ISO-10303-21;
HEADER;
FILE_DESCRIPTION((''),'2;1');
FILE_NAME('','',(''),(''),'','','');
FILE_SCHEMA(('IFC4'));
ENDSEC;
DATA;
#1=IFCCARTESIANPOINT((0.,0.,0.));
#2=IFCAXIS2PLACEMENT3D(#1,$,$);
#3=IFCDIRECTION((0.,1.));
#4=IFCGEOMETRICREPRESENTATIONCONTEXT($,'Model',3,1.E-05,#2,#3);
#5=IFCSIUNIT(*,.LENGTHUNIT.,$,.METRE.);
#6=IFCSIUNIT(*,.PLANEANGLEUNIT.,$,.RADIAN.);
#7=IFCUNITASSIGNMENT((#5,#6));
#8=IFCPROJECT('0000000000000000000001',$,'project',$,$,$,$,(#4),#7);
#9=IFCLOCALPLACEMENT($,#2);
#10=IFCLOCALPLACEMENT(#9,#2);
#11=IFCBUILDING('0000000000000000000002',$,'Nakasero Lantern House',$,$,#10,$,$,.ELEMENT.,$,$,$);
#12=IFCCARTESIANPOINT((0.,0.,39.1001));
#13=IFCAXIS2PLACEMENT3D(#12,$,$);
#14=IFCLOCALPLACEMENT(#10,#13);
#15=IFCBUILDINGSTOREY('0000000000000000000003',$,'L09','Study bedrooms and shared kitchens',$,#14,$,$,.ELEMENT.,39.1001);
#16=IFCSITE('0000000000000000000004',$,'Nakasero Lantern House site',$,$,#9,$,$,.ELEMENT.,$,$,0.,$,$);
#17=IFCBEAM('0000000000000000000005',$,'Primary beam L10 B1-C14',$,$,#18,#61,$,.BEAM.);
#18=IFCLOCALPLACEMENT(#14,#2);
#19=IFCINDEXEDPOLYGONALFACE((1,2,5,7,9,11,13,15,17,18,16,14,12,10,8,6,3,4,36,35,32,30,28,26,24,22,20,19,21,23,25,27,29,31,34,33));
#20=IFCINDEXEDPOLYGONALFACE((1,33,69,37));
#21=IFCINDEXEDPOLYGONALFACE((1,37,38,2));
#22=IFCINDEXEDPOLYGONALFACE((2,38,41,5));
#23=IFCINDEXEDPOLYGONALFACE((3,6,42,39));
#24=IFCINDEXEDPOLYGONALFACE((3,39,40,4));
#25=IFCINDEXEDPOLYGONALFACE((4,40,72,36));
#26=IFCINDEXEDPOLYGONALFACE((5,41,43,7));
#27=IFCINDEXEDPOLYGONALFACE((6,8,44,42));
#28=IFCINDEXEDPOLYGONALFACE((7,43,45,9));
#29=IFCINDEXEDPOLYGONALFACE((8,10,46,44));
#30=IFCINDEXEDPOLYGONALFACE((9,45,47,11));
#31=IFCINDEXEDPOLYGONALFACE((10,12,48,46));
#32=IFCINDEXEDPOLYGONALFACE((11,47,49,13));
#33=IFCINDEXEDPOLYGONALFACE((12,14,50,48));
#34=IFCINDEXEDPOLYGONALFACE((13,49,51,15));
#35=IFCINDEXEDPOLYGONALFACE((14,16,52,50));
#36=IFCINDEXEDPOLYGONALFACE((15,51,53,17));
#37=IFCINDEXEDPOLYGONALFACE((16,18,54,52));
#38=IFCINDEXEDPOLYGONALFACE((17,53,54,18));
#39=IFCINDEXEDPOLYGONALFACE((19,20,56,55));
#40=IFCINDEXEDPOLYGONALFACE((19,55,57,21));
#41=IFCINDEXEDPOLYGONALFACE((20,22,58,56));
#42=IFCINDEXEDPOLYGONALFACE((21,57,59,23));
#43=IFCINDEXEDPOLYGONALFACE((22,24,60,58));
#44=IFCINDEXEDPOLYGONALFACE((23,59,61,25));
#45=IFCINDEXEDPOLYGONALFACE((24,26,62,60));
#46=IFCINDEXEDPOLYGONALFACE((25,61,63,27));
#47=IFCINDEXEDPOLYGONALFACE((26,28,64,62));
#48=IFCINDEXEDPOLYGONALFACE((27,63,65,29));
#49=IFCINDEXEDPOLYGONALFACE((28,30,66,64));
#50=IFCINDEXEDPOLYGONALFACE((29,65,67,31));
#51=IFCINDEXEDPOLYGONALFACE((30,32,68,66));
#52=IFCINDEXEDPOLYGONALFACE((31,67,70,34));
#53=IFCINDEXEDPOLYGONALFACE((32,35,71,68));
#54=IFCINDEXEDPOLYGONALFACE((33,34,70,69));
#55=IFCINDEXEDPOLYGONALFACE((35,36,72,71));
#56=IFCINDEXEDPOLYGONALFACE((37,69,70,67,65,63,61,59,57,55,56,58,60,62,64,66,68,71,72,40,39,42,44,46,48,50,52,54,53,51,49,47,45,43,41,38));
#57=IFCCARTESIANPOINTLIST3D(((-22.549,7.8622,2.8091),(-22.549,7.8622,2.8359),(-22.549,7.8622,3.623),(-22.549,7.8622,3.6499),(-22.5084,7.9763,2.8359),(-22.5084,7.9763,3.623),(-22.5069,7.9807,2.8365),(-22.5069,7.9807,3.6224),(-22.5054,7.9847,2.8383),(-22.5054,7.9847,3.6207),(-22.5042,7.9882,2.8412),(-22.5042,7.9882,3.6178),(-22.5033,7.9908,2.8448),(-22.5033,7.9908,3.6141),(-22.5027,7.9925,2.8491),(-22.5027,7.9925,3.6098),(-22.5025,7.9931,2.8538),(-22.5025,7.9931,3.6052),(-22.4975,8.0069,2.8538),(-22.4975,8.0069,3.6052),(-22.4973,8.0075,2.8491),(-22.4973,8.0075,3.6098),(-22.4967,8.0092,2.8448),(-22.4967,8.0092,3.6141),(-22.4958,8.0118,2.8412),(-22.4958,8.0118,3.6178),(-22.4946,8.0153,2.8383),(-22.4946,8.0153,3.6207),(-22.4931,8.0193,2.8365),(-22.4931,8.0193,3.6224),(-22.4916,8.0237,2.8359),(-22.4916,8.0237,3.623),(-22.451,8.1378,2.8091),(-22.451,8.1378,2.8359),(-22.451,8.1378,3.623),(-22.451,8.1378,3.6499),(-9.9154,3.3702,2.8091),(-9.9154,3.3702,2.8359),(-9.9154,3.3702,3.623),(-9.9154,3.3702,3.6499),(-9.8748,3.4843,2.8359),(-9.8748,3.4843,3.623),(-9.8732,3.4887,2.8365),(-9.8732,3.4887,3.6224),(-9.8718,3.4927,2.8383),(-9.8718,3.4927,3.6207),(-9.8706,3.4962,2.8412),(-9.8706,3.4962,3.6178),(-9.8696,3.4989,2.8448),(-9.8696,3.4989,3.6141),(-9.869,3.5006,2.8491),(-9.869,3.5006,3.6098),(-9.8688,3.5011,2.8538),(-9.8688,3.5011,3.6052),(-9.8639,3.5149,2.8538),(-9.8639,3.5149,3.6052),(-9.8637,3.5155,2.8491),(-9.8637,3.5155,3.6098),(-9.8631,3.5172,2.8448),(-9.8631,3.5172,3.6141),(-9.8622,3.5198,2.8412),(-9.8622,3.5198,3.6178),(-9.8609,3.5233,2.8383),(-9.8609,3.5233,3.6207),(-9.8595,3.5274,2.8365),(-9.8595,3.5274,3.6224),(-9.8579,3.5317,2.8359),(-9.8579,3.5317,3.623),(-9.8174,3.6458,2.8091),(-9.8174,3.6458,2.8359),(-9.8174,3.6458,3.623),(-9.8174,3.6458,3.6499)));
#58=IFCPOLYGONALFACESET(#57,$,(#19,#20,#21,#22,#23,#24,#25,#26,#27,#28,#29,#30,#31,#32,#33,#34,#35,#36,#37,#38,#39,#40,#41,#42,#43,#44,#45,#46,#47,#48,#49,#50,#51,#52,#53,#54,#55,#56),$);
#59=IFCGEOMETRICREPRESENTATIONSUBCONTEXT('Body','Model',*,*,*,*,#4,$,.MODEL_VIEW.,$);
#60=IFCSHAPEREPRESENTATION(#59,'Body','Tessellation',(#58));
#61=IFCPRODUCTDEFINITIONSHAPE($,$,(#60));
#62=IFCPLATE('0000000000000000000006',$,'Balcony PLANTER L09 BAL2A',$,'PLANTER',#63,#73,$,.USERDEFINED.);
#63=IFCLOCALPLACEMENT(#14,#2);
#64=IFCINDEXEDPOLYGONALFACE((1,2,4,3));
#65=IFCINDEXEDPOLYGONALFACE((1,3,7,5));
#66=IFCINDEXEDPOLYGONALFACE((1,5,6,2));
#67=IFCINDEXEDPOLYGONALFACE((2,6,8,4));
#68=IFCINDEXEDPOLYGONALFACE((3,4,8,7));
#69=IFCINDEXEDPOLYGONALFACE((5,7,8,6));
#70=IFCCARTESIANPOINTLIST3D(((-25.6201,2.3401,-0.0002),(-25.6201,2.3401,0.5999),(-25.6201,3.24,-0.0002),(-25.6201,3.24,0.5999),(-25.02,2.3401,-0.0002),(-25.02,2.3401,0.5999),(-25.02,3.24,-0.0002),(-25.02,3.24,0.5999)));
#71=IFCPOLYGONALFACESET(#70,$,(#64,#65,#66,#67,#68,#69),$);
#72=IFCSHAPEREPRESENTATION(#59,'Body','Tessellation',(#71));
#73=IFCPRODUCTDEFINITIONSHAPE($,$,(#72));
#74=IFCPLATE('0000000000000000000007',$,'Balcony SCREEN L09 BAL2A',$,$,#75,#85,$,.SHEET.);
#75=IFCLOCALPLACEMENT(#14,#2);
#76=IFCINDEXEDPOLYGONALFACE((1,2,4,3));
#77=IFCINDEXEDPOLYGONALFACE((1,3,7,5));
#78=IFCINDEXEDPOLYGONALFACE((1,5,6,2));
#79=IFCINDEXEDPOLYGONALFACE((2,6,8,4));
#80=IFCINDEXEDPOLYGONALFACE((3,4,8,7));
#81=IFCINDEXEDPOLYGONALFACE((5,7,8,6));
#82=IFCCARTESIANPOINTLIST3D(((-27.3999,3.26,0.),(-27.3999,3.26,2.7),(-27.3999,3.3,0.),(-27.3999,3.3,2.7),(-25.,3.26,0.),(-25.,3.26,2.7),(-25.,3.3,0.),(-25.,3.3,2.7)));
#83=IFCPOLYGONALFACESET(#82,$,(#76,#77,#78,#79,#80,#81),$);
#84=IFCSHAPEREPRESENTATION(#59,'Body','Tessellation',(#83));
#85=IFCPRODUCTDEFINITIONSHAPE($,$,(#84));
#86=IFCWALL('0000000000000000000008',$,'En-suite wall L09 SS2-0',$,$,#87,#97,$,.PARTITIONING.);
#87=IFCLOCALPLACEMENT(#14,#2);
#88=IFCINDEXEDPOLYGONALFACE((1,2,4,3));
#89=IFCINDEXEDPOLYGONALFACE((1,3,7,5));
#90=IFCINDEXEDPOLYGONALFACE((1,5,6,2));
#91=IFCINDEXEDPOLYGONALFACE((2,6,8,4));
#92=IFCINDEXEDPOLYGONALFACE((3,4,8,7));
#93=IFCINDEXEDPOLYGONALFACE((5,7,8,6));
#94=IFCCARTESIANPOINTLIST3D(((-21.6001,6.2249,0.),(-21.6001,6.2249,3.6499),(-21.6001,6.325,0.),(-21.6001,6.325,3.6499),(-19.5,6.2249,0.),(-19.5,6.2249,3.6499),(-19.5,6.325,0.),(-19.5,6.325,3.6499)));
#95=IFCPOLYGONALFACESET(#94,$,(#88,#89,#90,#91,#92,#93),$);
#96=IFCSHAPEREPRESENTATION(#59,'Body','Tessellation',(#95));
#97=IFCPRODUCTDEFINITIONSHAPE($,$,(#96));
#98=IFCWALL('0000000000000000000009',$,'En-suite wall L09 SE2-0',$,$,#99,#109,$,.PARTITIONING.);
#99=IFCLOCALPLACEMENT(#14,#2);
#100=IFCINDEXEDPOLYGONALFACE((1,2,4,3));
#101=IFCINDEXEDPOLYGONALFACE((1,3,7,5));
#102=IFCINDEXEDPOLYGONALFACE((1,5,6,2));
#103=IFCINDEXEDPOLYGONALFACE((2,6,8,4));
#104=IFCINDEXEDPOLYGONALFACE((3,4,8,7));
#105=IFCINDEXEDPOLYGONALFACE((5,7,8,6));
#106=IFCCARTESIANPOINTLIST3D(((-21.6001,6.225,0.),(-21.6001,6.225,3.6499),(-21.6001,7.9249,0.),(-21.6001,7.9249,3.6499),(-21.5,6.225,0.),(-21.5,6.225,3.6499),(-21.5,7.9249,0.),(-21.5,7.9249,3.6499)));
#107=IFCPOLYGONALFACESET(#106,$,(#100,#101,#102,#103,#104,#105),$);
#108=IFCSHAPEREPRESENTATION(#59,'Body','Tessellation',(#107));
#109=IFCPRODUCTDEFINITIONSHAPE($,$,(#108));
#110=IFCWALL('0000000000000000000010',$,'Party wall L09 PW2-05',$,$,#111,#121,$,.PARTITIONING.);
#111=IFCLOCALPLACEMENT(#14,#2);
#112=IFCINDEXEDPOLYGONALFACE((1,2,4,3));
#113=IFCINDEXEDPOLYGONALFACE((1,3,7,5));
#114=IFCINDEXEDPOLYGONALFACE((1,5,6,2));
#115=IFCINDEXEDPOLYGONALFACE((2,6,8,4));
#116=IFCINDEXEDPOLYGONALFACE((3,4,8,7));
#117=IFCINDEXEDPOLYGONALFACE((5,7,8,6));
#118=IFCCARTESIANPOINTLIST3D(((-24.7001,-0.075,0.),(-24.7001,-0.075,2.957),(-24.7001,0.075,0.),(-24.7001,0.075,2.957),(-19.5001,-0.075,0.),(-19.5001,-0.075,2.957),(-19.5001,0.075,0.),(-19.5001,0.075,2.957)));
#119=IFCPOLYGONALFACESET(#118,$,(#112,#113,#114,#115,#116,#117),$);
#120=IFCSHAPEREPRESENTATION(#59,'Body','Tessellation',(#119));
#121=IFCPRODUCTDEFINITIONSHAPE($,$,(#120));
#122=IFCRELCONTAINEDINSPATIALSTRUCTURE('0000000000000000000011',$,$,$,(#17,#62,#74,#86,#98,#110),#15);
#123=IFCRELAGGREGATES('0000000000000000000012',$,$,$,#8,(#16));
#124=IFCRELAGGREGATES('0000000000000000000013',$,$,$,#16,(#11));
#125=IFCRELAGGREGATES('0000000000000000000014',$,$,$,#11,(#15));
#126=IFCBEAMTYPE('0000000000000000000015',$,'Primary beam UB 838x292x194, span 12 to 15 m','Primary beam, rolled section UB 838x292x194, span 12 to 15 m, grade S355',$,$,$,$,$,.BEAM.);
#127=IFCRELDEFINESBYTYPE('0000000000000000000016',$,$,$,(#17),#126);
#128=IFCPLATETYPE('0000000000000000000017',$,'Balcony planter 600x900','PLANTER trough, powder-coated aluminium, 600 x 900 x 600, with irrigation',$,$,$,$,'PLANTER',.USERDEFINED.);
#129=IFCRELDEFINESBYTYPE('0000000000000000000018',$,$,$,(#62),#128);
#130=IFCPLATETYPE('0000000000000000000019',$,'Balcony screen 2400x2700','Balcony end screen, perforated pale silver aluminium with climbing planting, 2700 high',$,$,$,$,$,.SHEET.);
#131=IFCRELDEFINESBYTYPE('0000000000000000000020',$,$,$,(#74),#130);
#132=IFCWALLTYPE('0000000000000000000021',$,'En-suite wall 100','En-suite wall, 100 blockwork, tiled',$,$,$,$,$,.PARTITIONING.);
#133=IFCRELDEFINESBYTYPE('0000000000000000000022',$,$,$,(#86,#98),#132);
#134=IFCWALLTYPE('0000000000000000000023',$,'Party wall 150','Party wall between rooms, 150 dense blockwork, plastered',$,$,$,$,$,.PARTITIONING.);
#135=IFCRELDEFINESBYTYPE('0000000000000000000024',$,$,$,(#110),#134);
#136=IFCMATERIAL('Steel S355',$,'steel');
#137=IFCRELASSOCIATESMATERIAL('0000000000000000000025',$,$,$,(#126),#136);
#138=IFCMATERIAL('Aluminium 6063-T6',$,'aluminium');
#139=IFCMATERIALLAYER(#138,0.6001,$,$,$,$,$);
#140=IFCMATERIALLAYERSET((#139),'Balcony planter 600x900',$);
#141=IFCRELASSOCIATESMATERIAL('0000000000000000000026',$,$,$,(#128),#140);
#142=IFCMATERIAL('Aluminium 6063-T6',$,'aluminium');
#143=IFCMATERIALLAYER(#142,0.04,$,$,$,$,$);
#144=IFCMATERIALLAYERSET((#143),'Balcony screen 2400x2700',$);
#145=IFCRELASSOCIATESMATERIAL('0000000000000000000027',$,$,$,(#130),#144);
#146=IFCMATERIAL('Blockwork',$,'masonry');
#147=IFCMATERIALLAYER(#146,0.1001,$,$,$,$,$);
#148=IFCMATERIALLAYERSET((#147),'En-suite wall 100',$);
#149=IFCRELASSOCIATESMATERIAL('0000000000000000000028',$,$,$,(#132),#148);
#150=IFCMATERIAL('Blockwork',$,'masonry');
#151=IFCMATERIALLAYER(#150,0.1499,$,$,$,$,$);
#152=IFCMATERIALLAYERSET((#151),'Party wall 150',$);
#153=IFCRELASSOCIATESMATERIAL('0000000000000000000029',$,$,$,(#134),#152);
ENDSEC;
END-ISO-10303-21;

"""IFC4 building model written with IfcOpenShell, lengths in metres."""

from ifc_helpers import new_model, si_unit, direction, frame, frame_2d, origin, origin_2d, place, context, subcontext, project, spatial, rectangle, i_section, extrude, material, layer, layer_set, material_profile, profile_set, type_object, element, save


model = new_model("IFC4")

# Units and contexts
model_context = context("Model", 3, precision=1e-05, world=origin(), true_north=direction((0.0, 1.0)))
body_context = subcontext(model_context, "Body", "Model", "MODEL_VIEW")
ifc_project = project(units=[si_unit("LENGTHUNIT", "METRE"), si_unit("PLANEANGLEUNIT", "RADIAN")], contexts=[model_context])

# Site, building, storey
site_placement = place(None, origin())
site = spatial("IfcSite", under=ifc_project, at=site_placement, Name="Nakasero Lantern House site", CompositionType="ELEMENT", RefElevation=0.0)
building_placement = place(site_placement, origin())
building = spatial("IfcBuilding", under=site, at=building_placement, Name="Nakasero Lantern House", CompositionType="ELEMENT")
storey_placement = place(building_placement, frame((0.0, 0.0, 39.1001)))
storey = spatial("IfcBuildingStorey", under=building, at=storey_placement, Name="L09", Description="Study bedrooms and shared kitchens", CompositionType="ELEMENT", Elevation=39.1001)

# Beam
ifc_material_1 = material(Name="Steel S355", Category="steel")
ifc_material_profile_1 = material_profile(ifc_material_1, i_section(OverallWidth=0.2925, OverallDepth=0.8408, WebThickness=0.0146, FlangeThickness=0.0269, FilletRadius=0.0178, at=origin_2d()), Name="UB 838x292x194")
ifc_profile_set_1 = profile_set([ifc_material_profile_1], Name="Steel S355")
beam_type_1 = type_object("IfcBeamType", Name="Primary beam UB 838x292x194, span 12 to 15 m", Description="Primary beam, rolled section UB 838x292x194, span 12 to 15 m, grade S355", PredefinedType="BEAM", material=ifc_profile_set_1)
beam_1_placement = place(storey_placement, frame((-22.5, 8.0, 3.2295), z_axis=(0.942214, -0.335011, 0.0), x_axis=(0.335011, 0.942214, 0.0)))
element("IfcBeam", 1, at=beam_1_placement, inside=storey, type_object=beam_type_1, Name="Primary beam L10 B1-C14", PredefinedType="BEAM", context=body_context, shape_type="SweptSolid", body=[
    extrude(i_section(OverallWidth=0.2925, OverallDepth=0.8408, WebThickness=0.0146, FlangeThickness=0.0269, FilletRadius=0.0178, at=origin_2d()), origin(), (0.0, 0.0, 1.0), 13.4084),
])

# Plates
ifc_material_2 = material(Name="Aluminium 6063-T6", Category="aluminium")
ifc_layer_1 = layer(ifc_material_2, 0.6001)
ifc_layer_set_1 = layer_set([ifc_layer_1], Name="Balcony planter 600x900")
plate_type_1 = type_object("IfcPlateType", Name="Balcony planter 600x900", Description="PLANTER trough, powder-coated aluminium, 600 x 900 x 600, with irrigation", ElementType="PLANTER", PredefinedType="USERDEFINED", material=ifc_layer_set_1)
plate_1_placement = place(storey_placement, frame((-25.3201, 2.79, -0.0002), z_axis=(0.0, 0.0, 1.0), x_axis=(-1.0, 0.0, 0.0)))
element("IfcPlate", 2, at=plate_1_placement, inside=storey, type_object=plate_type_1, Name="Balcony PLANTER L09 BAL2A", ObjectType="PLANTER", PredefinedType="USERDEFINED", context=body_context, shape_type="SweptSolid", body=[
    extrude(rectangle(XDim=0.6001, YDim=0.8999, at=origin_2d()), origin(), (0.0, 0.0, 1.0), 0.6001),
])
ifc_material_3 = material(Name="Aluminium 6063-T6", Category="aluminium")
ifc_layer_2 = layer(ifc_material_3, 0.04)
ifc_layer_set_2 = layer_set([ifc_layer_2], Name="Balcony screen 2400x2700")
plate_type_2 = type_object("IfcPlateType", Name="Balcony screen 2400x2700", Description="Balcony end screen, perforated pale silver aluminium with climbing planting, 2700 high", PredefinedType="SHEET", material=ifc_layer_set_2)
plate_2_placement = place(storey_placement, frame((-26.2, 3.28, 0.0), z_axis=(0.0, 0.0, 1.0), x_axis=(-1.0, 0.0, 0.0)))
element("IfcPlate", 3, at=plate_2_placement, inside=storey, type_object=plate_type_2, Name="Balcony SCREEN L09 BAL2A", PredefinedType="SHEET", context=body_context, shape_type="SweptSolid", body=[
    extrude(rectangle(XDim=2.3999, YDim=0.04, at=origin_2d()), origin(), (0.0, 0.0, 1.0), 2.7),
])

# Walls
ifc_material_4 = material(Name="Blockwork", Category="masonry")
ifc_layer_3 = layer(ifc_material_4, 0.1001)
ifc_layer_set_3 = layer_set([ifc_layer_3], Name="En-suite wall 100")
wall_type_1 = type_object("IfcWallType", Name="En-suite wall 100", Description="En-suite wall, 100 blockwork, tiled", PredefinedType="PARTITIONING", material=ifc_layer_set_3)
wall_1_placement = place(storey_placement, frame((-19.5, 6.2749, 0.0), z_axis=(0.0, 0.0, 1.0), x_axis=(-1.0, 0.0, 0.0)))
element("IfcWall", 4, at=wall_1_placement, inside=storey, type_object=wall_type_1, Name="En-suite wall L09 SS2-0", PredefinedType="PARTITIONING", context=body_context, shape_type="SweptSolid", body=[
    extrude(rectangle(XDim=2.1001, YDim=0.1001, at=frame_2d((1.05, 0.0))), origin(), (0.0, 0.0, 1.0), 3.6499),
])
wall_2_placement = place(storey_placement, frame((-21.55, 7.925, 0.0), z_axis=(0.0, 0.0, 1.0), x_axis=(0.0, -1.0, 0.0)))
element("IfcWall", 5, at=wall_2_placement, inside=storey, type_object=wall_type_1, Name="En-suite wall L09 SE2-0", PredefinedType="PARTITIONING", context=body_context, shape_type="SweptSolid", body=[
    extrude(rectangle(XDim=1.7, YDim=0.1001, at=frame_2d((0.8501, 0.0))), origin(), (0.0, 0.0, 1.0), 3.6499),
])
ifc_material_5 = material(Name="Blockwork", Category="masonry")
ifc_layer_4 = layer(ifc_material_5, 0.1499)
ifc_layer_set_4 = layer_set([ifc_layer_4], Name="Party wall 150")
wall_type_2 = type_object("IfcWallType", Name="Party wall 150", Description="Party wall between rooms, 150 dense blockwork, plastered", PredefinedType="PARTITIONING", material=ifc_layer_set_4)
wall_3_placement = place(storey_placement, frame((-19.5, 0.0, 0.0), z_axis=(0.0, 0.0, 1.0), x_axis=(-1.0, 0.0, 0.0)))
element("IfcWall", 6, at=wall_3_placement, inside=storey, type_object=wall_type_2, Name="Party wall L09 PW2-05", PredefinedType="PARTITIONING", context=body_context, shape_type="SweptSolid", body=[
    extrude(rectangle(XDim=5.2, YDim=0.1499, at=frame_2d((2.6001, 0.0))), origin(), (0.0, 0.0, 1.0), 2.957),
])

save(model, "model.ifc")
